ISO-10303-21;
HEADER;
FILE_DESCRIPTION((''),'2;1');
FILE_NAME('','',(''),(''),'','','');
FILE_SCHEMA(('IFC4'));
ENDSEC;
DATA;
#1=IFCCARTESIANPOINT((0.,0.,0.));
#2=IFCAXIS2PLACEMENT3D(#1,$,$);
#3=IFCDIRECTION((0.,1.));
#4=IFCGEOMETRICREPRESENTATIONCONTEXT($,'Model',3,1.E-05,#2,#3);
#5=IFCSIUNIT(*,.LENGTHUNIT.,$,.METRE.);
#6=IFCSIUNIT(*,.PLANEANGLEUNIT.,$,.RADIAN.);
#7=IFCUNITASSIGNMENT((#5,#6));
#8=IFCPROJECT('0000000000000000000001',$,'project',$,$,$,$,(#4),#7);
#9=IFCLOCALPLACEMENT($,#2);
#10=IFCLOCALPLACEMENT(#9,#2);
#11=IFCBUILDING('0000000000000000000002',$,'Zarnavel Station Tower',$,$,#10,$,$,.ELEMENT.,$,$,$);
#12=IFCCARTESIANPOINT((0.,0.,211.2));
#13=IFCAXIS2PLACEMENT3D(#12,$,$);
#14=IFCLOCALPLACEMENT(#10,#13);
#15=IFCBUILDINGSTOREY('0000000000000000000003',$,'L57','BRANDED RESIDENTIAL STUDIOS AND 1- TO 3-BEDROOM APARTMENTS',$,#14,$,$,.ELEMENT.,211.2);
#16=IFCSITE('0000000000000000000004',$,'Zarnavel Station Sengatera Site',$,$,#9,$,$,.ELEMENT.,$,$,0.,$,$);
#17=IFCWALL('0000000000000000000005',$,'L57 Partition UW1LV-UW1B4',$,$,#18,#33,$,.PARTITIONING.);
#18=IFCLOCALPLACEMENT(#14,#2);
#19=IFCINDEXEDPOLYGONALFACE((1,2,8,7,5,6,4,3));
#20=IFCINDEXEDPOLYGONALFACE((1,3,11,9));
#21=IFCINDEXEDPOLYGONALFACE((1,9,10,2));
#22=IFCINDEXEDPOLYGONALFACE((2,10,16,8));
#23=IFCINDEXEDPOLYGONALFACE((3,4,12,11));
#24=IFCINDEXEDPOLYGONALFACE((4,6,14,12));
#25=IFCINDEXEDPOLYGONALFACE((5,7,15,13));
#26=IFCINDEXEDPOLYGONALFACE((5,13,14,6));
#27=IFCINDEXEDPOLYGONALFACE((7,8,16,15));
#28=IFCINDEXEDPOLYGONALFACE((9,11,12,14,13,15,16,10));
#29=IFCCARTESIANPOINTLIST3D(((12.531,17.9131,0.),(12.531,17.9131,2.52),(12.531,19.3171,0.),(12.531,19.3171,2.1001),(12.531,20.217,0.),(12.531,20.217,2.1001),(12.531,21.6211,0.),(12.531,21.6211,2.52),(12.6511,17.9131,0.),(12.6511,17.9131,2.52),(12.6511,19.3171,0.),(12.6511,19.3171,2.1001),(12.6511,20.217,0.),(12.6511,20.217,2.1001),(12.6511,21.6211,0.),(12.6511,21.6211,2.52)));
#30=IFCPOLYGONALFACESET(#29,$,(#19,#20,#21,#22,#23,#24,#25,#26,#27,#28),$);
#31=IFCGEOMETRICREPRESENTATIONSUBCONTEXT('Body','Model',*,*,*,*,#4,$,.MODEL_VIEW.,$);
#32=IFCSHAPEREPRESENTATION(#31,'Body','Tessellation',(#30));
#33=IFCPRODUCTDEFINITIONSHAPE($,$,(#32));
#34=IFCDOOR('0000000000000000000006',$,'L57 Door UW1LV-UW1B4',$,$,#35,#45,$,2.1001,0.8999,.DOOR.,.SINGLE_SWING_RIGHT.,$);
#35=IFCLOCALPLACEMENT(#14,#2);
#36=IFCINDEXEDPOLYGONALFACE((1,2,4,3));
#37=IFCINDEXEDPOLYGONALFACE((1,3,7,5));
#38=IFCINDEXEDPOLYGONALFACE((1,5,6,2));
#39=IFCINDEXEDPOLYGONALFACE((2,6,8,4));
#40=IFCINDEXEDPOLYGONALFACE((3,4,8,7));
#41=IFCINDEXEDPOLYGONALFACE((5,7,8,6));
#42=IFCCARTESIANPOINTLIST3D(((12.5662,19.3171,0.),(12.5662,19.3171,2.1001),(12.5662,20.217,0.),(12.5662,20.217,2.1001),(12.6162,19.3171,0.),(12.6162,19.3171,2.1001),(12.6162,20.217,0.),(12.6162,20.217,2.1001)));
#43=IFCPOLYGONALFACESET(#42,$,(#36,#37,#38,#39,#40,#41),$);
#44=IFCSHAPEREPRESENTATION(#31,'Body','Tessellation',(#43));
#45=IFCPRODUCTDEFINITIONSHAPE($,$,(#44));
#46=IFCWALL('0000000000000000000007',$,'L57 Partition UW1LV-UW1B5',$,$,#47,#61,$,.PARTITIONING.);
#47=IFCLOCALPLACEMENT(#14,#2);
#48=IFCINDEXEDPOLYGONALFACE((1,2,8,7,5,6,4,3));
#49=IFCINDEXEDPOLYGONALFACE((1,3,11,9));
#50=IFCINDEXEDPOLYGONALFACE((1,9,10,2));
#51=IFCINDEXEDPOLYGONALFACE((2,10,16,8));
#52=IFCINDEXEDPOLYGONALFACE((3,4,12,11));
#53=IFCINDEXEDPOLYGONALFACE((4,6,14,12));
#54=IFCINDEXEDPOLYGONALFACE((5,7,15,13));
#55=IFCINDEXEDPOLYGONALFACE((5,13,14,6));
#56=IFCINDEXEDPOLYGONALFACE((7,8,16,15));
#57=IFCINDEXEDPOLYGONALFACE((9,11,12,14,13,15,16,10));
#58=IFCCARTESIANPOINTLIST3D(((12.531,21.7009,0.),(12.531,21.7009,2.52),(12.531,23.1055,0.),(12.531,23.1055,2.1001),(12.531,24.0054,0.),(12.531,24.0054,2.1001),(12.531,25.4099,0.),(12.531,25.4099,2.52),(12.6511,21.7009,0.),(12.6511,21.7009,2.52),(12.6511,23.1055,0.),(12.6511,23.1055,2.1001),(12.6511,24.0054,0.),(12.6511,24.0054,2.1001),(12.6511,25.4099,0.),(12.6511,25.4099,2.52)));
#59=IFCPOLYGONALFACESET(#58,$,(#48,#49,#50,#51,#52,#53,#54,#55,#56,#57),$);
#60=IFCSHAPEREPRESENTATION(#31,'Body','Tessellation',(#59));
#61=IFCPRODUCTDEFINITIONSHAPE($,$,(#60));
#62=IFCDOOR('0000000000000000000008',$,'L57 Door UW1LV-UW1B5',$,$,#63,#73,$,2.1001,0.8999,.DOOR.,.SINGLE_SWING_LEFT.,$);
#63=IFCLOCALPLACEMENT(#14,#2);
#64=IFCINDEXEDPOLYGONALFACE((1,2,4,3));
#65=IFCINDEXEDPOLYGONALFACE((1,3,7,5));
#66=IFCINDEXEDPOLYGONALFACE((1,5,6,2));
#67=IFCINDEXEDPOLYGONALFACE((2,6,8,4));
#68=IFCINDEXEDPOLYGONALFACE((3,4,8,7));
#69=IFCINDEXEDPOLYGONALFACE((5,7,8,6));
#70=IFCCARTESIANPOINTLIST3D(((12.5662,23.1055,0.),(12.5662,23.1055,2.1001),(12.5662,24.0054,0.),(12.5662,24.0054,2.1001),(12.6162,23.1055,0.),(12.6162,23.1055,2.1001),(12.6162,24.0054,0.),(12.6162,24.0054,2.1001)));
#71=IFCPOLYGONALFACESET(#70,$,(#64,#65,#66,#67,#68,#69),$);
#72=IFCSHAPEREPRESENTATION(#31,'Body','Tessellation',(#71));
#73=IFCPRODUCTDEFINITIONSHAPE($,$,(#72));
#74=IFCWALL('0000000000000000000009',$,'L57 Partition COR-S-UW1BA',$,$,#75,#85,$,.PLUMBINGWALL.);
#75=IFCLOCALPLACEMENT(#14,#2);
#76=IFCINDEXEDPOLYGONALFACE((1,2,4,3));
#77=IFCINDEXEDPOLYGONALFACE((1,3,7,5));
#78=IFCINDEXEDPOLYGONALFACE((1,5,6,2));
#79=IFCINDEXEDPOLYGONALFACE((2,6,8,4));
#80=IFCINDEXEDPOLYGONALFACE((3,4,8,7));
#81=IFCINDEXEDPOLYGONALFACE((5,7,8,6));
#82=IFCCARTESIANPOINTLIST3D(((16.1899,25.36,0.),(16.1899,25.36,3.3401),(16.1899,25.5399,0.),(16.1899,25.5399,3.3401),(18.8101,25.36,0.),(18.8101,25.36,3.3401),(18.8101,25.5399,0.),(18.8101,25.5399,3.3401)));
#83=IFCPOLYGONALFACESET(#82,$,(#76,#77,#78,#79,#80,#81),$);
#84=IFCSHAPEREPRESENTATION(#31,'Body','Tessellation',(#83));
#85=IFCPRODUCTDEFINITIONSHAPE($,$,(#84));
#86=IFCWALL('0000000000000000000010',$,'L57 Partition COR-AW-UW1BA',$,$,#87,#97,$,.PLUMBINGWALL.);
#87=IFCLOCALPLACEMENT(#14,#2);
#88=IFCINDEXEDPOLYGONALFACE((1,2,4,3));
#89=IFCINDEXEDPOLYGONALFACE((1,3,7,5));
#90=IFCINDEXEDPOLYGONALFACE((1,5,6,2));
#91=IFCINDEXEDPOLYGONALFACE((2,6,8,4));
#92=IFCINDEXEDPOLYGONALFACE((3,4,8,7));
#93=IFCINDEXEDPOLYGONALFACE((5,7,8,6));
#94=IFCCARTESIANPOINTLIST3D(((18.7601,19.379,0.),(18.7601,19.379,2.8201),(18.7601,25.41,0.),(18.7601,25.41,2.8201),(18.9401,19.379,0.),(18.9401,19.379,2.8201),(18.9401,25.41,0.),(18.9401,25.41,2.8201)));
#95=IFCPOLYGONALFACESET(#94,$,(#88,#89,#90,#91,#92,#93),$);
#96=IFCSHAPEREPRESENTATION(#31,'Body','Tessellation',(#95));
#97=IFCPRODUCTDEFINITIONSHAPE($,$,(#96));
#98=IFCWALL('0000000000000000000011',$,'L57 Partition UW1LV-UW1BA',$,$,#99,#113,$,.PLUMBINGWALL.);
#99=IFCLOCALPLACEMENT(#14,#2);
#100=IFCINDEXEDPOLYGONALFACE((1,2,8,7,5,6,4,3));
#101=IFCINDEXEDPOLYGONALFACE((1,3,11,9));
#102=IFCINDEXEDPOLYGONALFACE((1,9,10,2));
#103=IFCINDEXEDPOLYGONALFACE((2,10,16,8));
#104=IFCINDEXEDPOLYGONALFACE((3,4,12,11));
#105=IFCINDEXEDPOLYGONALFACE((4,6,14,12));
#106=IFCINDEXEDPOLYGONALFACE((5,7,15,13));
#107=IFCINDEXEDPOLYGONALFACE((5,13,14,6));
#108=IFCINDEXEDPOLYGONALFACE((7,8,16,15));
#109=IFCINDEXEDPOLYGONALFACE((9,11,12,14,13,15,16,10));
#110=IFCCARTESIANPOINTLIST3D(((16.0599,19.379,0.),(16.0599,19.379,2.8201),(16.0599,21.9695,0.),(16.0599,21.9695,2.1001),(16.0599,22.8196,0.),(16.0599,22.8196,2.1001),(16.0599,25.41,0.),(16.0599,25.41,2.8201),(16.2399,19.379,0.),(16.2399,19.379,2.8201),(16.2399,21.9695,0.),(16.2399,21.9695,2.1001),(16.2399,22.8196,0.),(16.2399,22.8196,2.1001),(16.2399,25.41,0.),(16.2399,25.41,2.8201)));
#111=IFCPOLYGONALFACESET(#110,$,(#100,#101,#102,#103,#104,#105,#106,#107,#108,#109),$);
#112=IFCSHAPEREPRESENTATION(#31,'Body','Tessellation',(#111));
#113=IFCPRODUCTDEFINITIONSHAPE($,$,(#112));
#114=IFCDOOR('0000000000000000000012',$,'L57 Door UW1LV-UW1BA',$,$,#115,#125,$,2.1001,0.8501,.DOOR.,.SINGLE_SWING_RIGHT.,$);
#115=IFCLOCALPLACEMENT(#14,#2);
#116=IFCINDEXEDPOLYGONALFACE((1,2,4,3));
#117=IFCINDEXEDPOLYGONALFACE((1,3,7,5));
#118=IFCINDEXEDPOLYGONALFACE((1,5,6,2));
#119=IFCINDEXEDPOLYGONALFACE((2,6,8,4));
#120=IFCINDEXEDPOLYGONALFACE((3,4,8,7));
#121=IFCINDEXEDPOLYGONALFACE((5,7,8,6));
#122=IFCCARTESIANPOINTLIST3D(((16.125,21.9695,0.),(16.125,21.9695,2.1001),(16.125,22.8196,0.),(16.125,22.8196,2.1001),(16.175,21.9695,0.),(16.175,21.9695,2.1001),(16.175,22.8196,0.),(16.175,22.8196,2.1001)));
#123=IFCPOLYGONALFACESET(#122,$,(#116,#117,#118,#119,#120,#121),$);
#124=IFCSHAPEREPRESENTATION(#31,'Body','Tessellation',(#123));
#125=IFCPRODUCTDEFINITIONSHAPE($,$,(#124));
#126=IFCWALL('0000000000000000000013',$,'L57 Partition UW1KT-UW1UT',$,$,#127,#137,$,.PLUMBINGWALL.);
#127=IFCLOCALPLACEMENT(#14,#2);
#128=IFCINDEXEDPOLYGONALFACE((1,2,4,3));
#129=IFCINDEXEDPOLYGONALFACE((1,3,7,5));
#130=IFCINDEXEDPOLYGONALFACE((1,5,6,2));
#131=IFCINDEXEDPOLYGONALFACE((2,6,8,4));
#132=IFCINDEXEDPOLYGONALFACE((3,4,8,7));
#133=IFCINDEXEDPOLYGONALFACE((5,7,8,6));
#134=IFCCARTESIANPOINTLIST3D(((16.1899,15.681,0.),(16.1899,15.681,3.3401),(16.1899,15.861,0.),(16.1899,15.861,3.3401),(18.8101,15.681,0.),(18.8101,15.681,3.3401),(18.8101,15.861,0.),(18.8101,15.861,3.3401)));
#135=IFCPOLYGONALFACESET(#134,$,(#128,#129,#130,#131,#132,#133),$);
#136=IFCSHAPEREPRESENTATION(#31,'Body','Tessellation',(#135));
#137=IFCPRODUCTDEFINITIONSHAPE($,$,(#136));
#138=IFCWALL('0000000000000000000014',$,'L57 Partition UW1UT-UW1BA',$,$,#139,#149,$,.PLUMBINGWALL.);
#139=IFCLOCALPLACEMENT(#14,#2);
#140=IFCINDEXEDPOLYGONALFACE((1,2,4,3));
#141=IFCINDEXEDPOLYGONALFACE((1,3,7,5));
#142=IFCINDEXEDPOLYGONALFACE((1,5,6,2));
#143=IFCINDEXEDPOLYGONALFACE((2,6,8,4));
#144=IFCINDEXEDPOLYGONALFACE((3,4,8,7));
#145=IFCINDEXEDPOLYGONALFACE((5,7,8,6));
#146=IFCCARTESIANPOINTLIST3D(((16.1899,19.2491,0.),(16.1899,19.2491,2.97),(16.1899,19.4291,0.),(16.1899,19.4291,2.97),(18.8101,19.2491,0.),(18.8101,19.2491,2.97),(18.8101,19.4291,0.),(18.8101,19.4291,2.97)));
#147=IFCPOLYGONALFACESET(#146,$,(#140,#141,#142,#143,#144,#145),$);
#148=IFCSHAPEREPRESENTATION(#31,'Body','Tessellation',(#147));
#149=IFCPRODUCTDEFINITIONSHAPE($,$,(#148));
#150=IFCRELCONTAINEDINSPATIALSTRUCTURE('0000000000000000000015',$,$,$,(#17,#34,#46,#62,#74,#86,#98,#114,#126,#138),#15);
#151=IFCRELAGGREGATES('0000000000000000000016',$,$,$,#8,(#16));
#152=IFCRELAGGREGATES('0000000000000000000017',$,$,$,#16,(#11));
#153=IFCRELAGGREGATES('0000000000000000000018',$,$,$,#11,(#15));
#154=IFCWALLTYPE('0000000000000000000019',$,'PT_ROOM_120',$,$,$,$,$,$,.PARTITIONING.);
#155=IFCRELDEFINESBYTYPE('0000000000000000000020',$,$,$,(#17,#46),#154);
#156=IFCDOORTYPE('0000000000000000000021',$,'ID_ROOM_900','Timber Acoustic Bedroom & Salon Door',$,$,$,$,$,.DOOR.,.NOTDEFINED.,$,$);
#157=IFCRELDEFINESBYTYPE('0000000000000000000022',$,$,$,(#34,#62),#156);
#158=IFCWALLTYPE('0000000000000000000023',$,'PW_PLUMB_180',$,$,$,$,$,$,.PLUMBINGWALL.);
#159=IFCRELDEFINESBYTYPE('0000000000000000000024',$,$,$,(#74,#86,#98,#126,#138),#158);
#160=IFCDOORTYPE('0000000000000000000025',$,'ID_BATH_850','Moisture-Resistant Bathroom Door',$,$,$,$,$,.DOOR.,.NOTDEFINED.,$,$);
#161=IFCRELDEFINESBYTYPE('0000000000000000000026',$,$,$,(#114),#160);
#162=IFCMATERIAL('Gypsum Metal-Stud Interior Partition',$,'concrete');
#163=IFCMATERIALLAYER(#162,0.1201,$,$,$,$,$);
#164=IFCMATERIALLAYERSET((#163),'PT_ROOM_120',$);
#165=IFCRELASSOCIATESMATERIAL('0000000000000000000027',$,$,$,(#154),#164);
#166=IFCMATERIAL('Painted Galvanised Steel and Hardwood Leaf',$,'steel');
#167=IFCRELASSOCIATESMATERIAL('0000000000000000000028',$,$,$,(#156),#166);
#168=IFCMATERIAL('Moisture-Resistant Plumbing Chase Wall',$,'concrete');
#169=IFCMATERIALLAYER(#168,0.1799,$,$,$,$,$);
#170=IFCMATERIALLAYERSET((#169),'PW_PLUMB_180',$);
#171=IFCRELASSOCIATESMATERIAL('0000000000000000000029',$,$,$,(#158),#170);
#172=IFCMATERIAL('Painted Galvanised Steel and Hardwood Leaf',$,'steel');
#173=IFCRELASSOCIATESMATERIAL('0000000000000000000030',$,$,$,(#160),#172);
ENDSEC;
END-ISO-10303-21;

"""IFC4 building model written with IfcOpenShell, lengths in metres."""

from ifc_helpers import new_model, si_unit, direction, frame, frame_2d, origin, place, context, subcontext, project, spatial, rectangle, extrude, material, layer, layer_set, type_object, element, fill, save


model = new_model("IFC4")

# Units and contexts
model_context = context("Model", 3, precision=1e-05, world=origin(), true_north=direction((0.0, 1.0)))
body_context = subcontext(model_context, "Body", "Model", "MODEL_VIEW")
ifc_project = project(units=[si_unit("LENGTHUNIT", "METRE"), si_unit("PLANEANGLEUNIT", "RADIAN")], contexts=[model_context])

# Site, building, storey
site_placement = place(None, origin())
site = spatial("IfcSite", under=ifc_project, at=site_placement, Name="Zarnavel Station Sengatera Site", CompositionType="ELEMENT", RefElevation=0.0)
building_placement = place(site_placement, origin())
building = spatial("IfcBuilding", under=site, at=building_placement, Name="Zarnavel Station Tower", CompositionType="ELEMENT")
storey_placement = place(building_placement, frame((0.0, 0.0, 211.2)))
storey = spatial("IfcBuildingStorey", under=building, at=storey_placement, Name="L57", Description="BRANDED RESIDENTIAL STUDIOS AND 1- TO 3-BEDROOM APARTMENTS", CompositionType="ELEMENT", Elevation=211.2)

# Walls, openings, doors
ifc_material_1 = material(Name="Gypsum Metal-Stud Interior Partition", Category="concrete")
ifc_layer_1 = layer(ifc_material_1, 0.1201)
ifc_layer_set_1 = layer_set([ifc_layer_1], Name="PT_ROOM_120")
wall_type_1 = type_object("IfcWallType", Name="PT_ROOM_120", PredefinedType="PARTITIONING", material=ifc_layer_set_1)
ifc_material_2 = material(Name="Painted Galvanised Steel and Hardwood Leaf", Category="steel")
door_type_1 = type_object("IfcDoorType", Name="ID_ROOM_900", Description="Timber Acoustic Bedroom & Salon Door", OperationType="NOTDEFINED", PredefinedType="DOOR", material=ifc_material_2)
wall_1_placement = place(storey_placement, frame((12.5911, 17.9131, 0.0), z_axis=(0.0, 0.0, 1.0), x_axis=(0.0, 1.0, 0.0)))
wall_1 = element("IfcWall", 1, at=wall_1_placement, inside=storey, type_object=wall_type_1, Name="L57 Partition UW1LV-UW1B4", PredefinedType="PARTITIONING", context=body_context, shape_type="SweptSolid", body=[
    extrude(rectangle(XDim=3.708, YDim=0.1201, at=frame_2d((1.854, 0.0))), origin(), (0.0, 0.0, 1.0), 2.52),
])
opening_1_placement = place(wall_1_placement, frame((1.4041, 0.0, 0.0)))
opening_1 = element("IfcOpeningElement", 2, at=opening_1_placement, cuts=wall_1, PredefinedType="OPENING", context=body_context, shape_type="SweptSolid", body=[
    extrude(rectangle(XDim=0.8999, YDim=2.1001, at=frame_2d((0.45, 1.05))), frame((0.0, 0.0701, 0.0), z_axis=(0.0, -1.0, 0.0), x_axis=(1.0, 0.0, 0.0)), (0.0, 0.0, 1.0), 0.1401),
])
door_1_placement = place(opening_1_placement, origin())
door_1 = element("IfcDoor", 3, at=door_1_placement, inside=storey, type_object=door_type_1, Name="L57 Door UW1LV-UW1B4", OperationType="SINGLE_SWING_RIGHT", OverallHeight=2.1001, OverallWidth=0.8999, PredefinedType="DOOR", context=body_context, shape_type="SweptSolid", body=[
    extrude(rectangle(XDim=0.8999, YDim=2.1001, at=frame_2d((0.45, 1.05))), frame((0.0, 0.0249, 0.0), z_axis=(0.0, -1.0, 0.0), x_axis=(1.0, 0.0, 0.0)), (0.0, 0.0, 1.0), 0.05),
])
fill(opening_1, door_1)
wall_2_placement = place(storey_placement, frame((12.5911, 21.7009, 0.0), z_axis=(0.0, 0.0, 1.0), x_axis=(0.0, 1.0, 0.0)))
wall_2 = element("IfcWall", 4, at=wall_2_placement, inside=storey, type_object=wall_type_1, Name="L57 Partition UW1LV-UW1B5", PredefinedType="PARTITIONING", context=body_context, shape_type="SweptSolid", body=[
    extrude(rectangle(XDim=3.709, YDim=0.1201, at=frame_2d((1.8545, 0.0))), origin(), (0.0, 0.0, 1.0), 2.52),
])
opening_2_placement = place(wall_2_placement, frame((1.4045, 0.0, 0.0)))
opening_2 = element("IfcOpeningElement", 5, at=opening_2_placement, cuts=wall_2, PredefinedType="OPENING", context=body_context, shape_type="SweptSolid", body=[
    extrude(rectangle(XDim=0.8999, YDim=2.1001, at=frame_2d((0.45, 1.05))), frame((0.0, 0.0701, 0.0), z_axis=(0.0, -1.0, 0.0), x_axis=(1.0, 0.0, 0.0)), (0.0, 0.0, 1.0), 0.1401),
])
door_2_placement = place(opening_2_placement, origin())
door_2 = element("IfcDoor", 6, at=door_2_placement, inside=storey, type_object=door_type_1, Name="L57 Door UW1LV-UW1B5", OperationType="SINGLE_SWING_LEFT", OverallHeight=2.1001, OverallWidth=0.8999, PredefinedType="DOOR", context=body_context, shape_type="SweptSolid", body=[
    extrude(rectangle(XDim=0.8999, YDim=2.1001, at=frame_2d((0.45, 1.05))), frame((0.0, 0.0249, 0.0), z_axis=(0.0, -1.0, 0.0), x_axis=(1.0, 0.0, 0.0)), (0.0, 0.0, 1.0), 0.05),
])
fill(opening_2, door_2)

# Walls
ifc_material_3 = material(Name="Moisture-Resistant Plumbing Chase Wall", Category="concrete")
ifc_layer_2 = layer(ifc_material_3, 0.1799)
ifc_layer_set_2 = layer_set([ifc_layer_2], Name="PW_PLUMB_180")
wall_type_2 = type_object("IfcWallType", Name="PW_PLUMB_180", PredefinedType="PLUMBINGWALL", material=ifc_layer_set_2)
wall_3_placement = place(storey_placement, frame((16.1899, 25.45, 0.0), z_axis=(0.0, 0.0, 1.0), x_axis=(1.0, 0.0, 0.0)))
element("IfcWall", 7, at=wall_3_placement, inside=storey, type_object=wall_type_2, Name="L57 Partition COR-S-UW1BA", PredefinedType="PLUMBINGWALL", context=body_context, shape_type="SweptSolid", body=[
    extrude(rectangle(XDim=2.6201, YDim=0.1799, at=frame_2d((1.3101, 0.0))), origin(), (0.0, 0.0, 1.0), 3.3401),
])
wall_4_placement = place(storey_placement, frame((18.8501, 19.3789, 0.0), z_axis=(0.0, 0.0, 1.0), x_axis=(0.0, 1.0, 0.0)))
element("IfcWall", 8, at=wall_4_placement, inside=storey, type_object=wall_type_2, Name="L57 Partition COR-AW-UW1BA", PredefinedType="PLUMBINGWALL", context=body_context, shape_type="SweptSolid", body=[
    extrude(rectangle(XDim=6.031, YDim=0.1799, at=frame_2d((3.0156, 0.0))), origin(), (0.0, 0.0, 1.0), 2.8201),
])

# Wall, opening, door
wall_5_placement = place(storey_placement, frame((16.1499, 19.3789, 0.0), z_axis=(0.0, 0.0, 1.0), x_axis=(0.0, 1.0, 0.0)))
wall_5 = element("IfcWall", 9, at=wall_5_placement, inside=storey, type_object=wall_type_2, Name="L57 Partition UW1LV-UW1BA", PredefinedType="PLUMBINGWALL", context=body_context, shape_type="SweptSolid", body=[
    extrude(rectangle(XDim=6.031, YDim=0.1799, at=frame_2d((3.0156, 0.0))), origin(), (0.0, 0.0, 1.0), 2.8201),
])
opening_3_placement = place(wall_5_placement, frame((2.5906, 0.0, 0.0)))
opening_3 = element("IfcOpeningElement", 10, at=opening_3_placement, cuts=wall_5, PredefinedType="OPENING", context=body_context, shape_type="SweptSolid", body=[
    extrude(rectangle(XDim=0.8501, YDim=2.1001, at=frame_2d((0.425, 1.05))), frame((0.0, 0.0999, 0.0), z_axis=(0.0, -1.0, 0.0), x_axis=(1.0, 0.0, 0.0)), (0.0, 0.0, 1.0), 0.2),
])
ifc_material_4 = material(Name="Painted Galvanised Steel and Hardwood Leaf", Category="steel")
door_type_2 = type_object("IfcDoorType", Name="ID_BATH_850", Description="Moisture-Resistant Bathroom Door", OperationType="NOTDEFINED", PredefinedType="DOOR", material=ifc_material_4)
door_3_placement = place(opening_3_placement, origin())
door_3 = element("IfcDoor", 11, at=door_3_placement, inside=storey, type_object=door_type_2, Name="L57 Door UW1LV-UW1BA", OperationType="SINGLE_SWING_RIGHT", OverallHeight=2.1001, OverallWidth=0.8501, PredefinedType="DOOR", context=body_context, shape_type="SweptSolid", body=[
    extrude(rectangle(XDim=0.8501, YDim=2.1001, at=frame_2d((0.425, 1.05))), frame((0.0, 0.0249, 0.0), z_axis=(0.0, -1.0, 0.0), x_axis=(1.0, 0.0, 0.0)), (0.0, 0.0, 1.0), 0.05),
])
fill(opening_3, door_3)

# Walls
wall_6_placement = place(storey_placement, frame((16.1899, 15.771, 0.0), z_axis=(0.0, 0.0, 1.0), x_axis=(1.0, 0.0, 0.0)))
element("IfcWall", 12, at=wall_6_placement, inside=storey, type_object=wall_type_2, Name="L57 Partition UW1KT-UW1UT", PredefinedType="PLUMBINGWALL", context=body_context, shape_type="SweptSolid", body=[
    extrude(rectangle(XDim=2.6201, YDim=0.1799, at=frame_2d((1.3101, 0.0))), origin(), (0.0, 0.0, 1.0), 3.3401),
])
wall_7_placement = place(storey_placement, frame((16.1899, 19.3391, 0.0), z_axis=(0.0, 0.0, 1.0), x_axis=(1.0, 0.0, 0.0)))
element("IfcWall", 13, at=wall_7_placement, inside=storey, type_object=wall_type_2, Name="L57 Partition UW1UT-UW1BA", PredefinedType="PLUMBINGWALL", context=body_context, shape_type="SweptSolid", body=[
    extrude(rectangle(XDim=2.6201, YDim=0.1799, at=frame_2d((1.3101, 0.0))), origin(), (0.0, 0.0, 1.0), 2.97),
])

save(model, "model.ifc")
